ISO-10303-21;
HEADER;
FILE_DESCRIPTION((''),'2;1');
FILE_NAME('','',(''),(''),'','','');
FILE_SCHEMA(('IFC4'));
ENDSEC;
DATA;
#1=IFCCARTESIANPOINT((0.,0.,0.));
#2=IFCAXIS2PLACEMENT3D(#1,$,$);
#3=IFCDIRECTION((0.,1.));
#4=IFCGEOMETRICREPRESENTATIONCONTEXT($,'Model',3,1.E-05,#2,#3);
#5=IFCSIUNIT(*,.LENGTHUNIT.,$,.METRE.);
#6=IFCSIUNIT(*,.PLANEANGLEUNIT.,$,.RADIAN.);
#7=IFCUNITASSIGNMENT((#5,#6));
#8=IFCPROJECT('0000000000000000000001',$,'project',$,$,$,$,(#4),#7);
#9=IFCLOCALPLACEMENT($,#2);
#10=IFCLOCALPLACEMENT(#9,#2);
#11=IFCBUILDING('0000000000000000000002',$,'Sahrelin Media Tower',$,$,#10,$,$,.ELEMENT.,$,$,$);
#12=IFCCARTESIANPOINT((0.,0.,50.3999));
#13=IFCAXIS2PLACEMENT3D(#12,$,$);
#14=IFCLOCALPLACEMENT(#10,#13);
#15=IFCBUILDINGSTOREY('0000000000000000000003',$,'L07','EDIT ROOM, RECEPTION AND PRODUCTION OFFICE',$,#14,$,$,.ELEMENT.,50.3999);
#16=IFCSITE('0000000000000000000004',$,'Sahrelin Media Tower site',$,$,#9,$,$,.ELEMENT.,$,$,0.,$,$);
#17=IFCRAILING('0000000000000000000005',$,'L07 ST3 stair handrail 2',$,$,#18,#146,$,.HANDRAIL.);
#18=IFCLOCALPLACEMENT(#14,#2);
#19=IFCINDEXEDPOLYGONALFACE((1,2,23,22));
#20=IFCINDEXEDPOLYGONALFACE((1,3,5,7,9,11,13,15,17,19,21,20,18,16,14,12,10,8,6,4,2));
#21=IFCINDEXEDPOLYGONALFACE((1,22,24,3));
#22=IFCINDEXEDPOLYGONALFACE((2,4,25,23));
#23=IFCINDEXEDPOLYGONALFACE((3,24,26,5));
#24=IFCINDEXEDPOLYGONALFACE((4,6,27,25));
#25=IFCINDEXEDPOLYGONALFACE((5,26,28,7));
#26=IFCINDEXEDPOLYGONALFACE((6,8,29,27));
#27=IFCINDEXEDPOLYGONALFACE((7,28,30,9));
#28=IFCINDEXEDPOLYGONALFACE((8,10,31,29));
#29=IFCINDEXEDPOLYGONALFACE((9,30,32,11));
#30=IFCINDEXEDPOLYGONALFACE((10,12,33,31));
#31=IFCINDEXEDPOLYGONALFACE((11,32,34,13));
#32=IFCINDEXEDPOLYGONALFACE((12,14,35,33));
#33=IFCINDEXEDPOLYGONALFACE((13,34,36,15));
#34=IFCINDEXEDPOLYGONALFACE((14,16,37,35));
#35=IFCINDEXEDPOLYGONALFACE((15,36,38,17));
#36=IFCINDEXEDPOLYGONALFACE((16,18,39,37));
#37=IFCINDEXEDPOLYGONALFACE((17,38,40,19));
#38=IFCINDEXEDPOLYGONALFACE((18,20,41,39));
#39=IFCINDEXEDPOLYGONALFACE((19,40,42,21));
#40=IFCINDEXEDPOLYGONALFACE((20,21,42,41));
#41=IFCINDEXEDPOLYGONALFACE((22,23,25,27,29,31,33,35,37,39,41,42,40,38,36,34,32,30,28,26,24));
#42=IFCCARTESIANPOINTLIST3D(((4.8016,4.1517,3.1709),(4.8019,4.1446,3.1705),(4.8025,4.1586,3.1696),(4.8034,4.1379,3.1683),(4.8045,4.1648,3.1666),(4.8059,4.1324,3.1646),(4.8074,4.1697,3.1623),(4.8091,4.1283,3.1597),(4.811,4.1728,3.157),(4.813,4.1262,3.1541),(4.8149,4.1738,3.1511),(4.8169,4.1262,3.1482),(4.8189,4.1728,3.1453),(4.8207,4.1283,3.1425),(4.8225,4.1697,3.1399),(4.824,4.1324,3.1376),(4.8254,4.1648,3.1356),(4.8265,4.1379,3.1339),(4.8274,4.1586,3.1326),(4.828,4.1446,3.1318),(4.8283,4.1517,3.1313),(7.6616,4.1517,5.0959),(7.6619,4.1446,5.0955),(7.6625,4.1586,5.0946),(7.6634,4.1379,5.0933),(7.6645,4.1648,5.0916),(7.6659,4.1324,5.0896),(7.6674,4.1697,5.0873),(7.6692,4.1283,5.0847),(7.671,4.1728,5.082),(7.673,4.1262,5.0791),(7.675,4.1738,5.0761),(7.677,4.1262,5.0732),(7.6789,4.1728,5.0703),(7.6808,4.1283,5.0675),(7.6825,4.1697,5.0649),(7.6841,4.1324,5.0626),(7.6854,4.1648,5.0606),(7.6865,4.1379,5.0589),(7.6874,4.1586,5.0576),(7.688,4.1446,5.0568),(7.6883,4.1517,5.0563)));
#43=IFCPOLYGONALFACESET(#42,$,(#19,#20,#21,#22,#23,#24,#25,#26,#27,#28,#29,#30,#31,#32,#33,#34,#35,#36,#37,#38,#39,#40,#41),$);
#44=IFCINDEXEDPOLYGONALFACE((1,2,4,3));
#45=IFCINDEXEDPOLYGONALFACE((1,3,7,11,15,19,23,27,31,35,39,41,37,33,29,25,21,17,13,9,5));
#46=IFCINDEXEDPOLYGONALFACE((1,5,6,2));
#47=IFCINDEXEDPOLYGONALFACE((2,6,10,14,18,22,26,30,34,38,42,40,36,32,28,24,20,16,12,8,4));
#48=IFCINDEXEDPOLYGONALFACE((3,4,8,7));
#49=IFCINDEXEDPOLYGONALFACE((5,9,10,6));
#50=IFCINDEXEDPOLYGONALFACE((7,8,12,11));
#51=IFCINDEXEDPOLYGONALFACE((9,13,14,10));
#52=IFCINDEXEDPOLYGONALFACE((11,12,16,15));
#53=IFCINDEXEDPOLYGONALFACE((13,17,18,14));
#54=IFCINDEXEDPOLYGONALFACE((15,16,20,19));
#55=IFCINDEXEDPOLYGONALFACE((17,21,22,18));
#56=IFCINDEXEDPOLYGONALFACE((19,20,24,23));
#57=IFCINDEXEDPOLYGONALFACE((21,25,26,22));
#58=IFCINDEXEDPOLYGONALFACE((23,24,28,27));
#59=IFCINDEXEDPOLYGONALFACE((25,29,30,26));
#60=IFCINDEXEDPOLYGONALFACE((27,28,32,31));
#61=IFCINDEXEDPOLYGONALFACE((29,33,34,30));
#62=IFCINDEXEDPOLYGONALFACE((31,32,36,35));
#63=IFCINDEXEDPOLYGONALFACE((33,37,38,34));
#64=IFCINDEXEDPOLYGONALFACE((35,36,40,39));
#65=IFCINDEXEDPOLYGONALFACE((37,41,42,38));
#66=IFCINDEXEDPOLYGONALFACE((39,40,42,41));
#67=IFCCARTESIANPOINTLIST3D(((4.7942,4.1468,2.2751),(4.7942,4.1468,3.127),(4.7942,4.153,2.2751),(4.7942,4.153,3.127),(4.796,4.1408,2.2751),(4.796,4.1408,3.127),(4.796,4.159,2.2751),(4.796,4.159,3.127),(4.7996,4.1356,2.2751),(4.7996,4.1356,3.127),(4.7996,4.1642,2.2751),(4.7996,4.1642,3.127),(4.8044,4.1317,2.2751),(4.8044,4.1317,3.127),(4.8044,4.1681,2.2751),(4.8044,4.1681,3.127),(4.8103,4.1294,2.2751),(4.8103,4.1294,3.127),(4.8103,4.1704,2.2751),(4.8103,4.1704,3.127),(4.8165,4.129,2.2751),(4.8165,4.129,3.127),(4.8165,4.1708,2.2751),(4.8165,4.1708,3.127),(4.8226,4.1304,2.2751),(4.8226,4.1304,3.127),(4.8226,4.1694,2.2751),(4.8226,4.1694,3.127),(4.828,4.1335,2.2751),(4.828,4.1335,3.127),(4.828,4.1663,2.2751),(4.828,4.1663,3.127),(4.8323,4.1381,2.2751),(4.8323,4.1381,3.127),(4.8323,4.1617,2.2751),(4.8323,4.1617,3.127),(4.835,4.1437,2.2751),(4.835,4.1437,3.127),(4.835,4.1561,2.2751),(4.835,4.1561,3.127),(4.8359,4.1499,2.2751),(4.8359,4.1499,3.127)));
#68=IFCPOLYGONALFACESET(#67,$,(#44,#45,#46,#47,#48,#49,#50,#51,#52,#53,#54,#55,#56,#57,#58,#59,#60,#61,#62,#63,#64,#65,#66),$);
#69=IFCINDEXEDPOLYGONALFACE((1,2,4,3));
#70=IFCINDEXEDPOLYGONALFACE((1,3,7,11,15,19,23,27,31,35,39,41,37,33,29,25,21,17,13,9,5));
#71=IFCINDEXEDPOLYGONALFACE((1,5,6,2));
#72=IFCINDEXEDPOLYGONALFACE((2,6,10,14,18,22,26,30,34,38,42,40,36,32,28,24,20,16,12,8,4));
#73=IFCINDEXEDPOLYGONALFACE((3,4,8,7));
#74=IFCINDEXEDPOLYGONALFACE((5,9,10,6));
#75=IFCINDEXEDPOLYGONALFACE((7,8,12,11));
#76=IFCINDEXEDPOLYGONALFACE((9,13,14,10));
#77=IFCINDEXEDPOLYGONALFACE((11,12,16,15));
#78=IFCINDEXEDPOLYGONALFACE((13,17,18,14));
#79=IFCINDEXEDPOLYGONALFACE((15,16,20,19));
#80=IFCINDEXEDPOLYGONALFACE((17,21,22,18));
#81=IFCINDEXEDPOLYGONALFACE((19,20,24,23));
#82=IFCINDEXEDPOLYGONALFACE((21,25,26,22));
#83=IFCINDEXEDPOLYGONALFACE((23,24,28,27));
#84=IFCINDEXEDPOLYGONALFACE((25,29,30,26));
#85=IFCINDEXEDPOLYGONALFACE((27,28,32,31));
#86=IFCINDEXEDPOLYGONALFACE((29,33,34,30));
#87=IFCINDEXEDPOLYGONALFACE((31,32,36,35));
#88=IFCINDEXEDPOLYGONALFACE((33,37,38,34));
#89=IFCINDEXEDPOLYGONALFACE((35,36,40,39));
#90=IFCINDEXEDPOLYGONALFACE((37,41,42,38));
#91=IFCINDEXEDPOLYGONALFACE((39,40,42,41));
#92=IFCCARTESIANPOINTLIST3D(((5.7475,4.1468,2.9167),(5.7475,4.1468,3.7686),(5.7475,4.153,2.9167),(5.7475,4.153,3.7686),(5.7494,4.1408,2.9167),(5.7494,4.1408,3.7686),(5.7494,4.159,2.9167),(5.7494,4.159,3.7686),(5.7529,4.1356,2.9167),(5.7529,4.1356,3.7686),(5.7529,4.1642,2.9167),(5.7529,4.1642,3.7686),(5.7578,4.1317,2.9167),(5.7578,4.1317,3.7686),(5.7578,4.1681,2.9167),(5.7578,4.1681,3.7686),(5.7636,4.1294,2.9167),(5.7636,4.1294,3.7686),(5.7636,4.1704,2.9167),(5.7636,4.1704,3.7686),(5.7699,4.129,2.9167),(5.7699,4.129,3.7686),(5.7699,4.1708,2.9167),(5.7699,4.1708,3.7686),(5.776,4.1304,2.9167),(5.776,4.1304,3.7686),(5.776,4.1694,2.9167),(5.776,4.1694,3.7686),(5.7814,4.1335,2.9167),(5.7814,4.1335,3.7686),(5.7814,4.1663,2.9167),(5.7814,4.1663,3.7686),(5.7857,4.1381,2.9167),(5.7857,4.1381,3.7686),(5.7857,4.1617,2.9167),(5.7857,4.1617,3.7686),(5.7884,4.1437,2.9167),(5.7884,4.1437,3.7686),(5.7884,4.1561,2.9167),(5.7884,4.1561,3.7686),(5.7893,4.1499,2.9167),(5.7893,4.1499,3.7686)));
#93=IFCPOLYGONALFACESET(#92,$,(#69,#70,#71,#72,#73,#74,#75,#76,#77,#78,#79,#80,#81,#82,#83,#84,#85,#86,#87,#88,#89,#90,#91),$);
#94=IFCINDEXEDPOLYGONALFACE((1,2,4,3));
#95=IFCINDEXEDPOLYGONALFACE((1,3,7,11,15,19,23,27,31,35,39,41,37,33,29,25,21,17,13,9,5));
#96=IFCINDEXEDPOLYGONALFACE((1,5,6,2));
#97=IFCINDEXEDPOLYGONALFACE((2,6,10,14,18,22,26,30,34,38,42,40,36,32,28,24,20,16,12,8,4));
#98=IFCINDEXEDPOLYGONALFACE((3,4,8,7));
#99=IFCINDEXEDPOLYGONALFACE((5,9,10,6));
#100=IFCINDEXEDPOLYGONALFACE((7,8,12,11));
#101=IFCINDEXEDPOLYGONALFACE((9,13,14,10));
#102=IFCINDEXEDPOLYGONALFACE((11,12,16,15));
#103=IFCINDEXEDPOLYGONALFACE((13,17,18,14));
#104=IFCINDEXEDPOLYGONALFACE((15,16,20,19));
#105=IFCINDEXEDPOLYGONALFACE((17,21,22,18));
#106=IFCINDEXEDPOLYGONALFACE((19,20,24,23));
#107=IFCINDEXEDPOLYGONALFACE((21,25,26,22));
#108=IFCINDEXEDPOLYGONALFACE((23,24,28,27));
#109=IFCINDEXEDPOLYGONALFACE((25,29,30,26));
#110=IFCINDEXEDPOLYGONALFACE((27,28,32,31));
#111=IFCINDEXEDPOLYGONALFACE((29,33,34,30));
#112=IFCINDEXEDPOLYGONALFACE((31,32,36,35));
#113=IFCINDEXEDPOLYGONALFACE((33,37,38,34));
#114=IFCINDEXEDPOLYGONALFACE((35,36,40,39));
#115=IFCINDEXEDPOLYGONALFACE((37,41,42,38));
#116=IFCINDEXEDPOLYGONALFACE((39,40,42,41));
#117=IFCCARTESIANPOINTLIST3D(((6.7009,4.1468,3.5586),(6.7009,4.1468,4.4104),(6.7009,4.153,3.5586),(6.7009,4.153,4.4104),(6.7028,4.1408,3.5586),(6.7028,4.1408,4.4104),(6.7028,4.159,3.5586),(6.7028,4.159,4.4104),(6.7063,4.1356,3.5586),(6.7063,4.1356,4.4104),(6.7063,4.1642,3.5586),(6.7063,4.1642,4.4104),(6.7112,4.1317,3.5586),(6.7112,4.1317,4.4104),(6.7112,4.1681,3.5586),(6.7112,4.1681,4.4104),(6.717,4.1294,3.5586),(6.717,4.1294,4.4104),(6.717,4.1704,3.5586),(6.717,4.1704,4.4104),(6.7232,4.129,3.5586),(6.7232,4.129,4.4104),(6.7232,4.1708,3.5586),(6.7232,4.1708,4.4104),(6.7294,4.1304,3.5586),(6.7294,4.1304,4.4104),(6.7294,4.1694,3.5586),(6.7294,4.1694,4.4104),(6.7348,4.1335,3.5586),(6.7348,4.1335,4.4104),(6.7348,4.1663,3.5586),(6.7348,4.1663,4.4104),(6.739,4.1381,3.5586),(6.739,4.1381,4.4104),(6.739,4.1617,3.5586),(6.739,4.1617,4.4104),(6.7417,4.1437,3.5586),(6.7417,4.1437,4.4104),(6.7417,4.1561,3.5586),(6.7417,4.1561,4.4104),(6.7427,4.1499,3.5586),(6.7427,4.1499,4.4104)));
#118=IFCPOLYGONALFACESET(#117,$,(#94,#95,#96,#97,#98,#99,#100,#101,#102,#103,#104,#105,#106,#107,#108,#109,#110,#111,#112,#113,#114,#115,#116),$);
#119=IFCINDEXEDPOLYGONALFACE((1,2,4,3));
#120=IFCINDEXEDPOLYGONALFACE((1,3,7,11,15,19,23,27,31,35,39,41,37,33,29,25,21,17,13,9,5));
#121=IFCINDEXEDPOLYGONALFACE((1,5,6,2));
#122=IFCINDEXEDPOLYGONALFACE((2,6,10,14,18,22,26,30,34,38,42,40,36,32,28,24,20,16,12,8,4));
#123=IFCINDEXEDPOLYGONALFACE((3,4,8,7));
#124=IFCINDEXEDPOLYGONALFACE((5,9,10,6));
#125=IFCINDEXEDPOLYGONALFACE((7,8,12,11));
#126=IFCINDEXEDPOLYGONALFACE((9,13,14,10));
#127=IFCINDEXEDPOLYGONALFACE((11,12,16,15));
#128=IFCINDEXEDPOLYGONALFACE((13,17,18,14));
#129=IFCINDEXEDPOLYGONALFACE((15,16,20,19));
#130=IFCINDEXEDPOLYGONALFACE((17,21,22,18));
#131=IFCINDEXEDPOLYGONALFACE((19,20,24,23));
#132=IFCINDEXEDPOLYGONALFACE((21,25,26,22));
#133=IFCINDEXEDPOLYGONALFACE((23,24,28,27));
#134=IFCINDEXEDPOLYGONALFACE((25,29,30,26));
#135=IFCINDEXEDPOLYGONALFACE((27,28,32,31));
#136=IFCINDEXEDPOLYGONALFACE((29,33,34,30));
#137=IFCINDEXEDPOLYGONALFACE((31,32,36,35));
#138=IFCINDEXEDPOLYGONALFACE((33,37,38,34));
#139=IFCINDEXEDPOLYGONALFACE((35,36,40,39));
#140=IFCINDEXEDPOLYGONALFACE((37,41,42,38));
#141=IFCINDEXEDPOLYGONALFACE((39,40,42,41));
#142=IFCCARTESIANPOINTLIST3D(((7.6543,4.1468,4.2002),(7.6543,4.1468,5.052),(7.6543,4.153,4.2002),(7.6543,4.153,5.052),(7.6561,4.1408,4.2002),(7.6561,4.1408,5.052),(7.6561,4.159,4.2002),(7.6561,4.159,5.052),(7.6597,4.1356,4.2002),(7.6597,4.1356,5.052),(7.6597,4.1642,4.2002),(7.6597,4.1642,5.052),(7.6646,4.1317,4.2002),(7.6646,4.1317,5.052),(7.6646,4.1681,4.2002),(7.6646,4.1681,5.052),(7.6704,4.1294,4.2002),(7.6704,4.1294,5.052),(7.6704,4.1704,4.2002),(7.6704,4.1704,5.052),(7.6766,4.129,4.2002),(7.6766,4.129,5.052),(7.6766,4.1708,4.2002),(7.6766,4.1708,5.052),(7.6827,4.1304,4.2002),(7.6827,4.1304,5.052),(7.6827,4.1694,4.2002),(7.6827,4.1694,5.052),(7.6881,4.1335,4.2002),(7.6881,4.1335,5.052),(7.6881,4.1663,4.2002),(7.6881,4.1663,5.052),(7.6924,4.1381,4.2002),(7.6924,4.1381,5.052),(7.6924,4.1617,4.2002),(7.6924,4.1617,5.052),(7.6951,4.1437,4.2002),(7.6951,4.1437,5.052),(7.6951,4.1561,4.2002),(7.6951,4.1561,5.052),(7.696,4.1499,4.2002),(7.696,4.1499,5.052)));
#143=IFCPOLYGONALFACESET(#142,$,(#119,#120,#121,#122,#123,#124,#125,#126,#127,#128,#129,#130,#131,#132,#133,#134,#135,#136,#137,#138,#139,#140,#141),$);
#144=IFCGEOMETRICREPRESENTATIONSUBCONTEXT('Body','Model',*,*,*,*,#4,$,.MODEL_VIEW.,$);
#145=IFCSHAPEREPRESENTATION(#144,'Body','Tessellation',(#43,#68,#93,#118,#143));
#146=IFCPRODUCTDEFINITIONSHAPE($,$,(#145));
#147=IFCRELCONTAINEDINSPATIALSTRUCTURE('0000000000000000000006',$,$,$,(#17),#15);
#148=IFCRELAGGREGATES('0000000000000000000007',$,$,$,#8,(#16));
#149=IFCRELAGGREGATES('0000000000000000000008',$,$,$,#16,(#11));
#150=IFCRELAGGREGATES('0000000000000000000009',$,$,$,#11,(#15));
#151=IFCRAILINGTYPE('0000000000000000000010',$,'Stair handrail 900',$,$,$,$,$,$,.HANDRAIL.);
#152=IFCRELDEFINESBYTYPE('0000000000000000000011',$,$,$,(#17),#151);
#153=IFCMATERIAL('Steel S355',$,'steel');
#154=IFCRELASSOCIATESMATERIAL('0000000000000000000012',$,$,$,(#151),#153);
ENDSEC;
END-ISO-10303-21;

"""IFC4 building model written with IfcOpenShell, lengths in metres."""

from ifc_helpers import new_model, si_unit, direction, frame, origin, origin_2d, place, context, subcontext, project, spatial, circle, extrude, material, type_object, element, save


model = new_model("IFC4")

# Units and contexts
model_context = context("Model", 3, precision=1e-05, world=origin(), true_north=direction((0.0, 1.0)))
body_context = subcontext(model_context, "Body", "Model", "MODEL_VIEW")
ifc_project = project(units=[si_unit("LENGTHUNIT", "METRE"), si_unit("PLANEANGLEUNIT", "RADIAN")], contexts=[model_context])

# Site, building, storey
site_placement = place(None, origin())
site = spatial("IfcSite", under=ifc_project, at=site_placement, Name="Sahrelin Media Tower site", CompositionType="ELEMENT", RefElevation=0.0)
building_placement = place(site_placement, origin())
building = spatial("IfcBuilding", under=site, at=building_placement, Name="Sahrelin Media Tower", CompositionType="ELEMENT")
storey_placement = place(building_placement, frame((0.0, 0.0, 50.3999)))
storey = spatial("IfcBuildingStorey", under=building, at=storey_placement, Name="L07", Description="EDIT ROOM, RECEPTION AND PRODUCTION OFFICE", CompositionType="ELEMENT", Elevation=50.3999)

# Shared definitions
ifc_material_1 = material(Name="Steel S355", Category="steel")

# Railing
railing_type_1 = type_object("IfcRailingType", Name="Stair handrail 900", PredefinedType="HANDRAIL", material=ifc_material_1)
railing_1_placement = place(storey_placement, frame((4.8149, 4.1499, 2.2751)))
element("IfcRailing", 1, at=railing_1_placement, inside=storey, type_object=railing_type_1, Name="L07 ST3 stair handrail 2", PredefinedType="HANDRAIL", context=body_context, shape_type="SweptSolid", body=[
    extrude(circle(Radius=0.0239, at=origin_2d()), frame((0.0, 0.0, 0.876), z_axis=(0.829591, 0.0, 0.558372), x_axis=(0.0, 1.0, 0.0)), (0.0, 0.0, 1.0), 3.4475),
    extrude(circle(Radius=0.021, at=origin_2d()), origin(), (0.0, 0.0, 1.0), 0.8518),
    extrude(circle(Radius=0.021, at=origin_2d()), frame((0.9534, 0.0, 0.6416)), (0.0, 0.0, 1.0), 0.8518),
    extrude(circle(Radius=0.021, at=origin_2d()), frame((1.9067, 0.0, 1.2834)), (0.0, 0.0, 1.0), 0.8518),
    extrude(circle(Radius=0.021, at=origin_2d()), frame((2.8601, 0.0, 1.925)), (0.0, 0.0, 1.0), 0.8518),
])

save(model, "model.ifc")
